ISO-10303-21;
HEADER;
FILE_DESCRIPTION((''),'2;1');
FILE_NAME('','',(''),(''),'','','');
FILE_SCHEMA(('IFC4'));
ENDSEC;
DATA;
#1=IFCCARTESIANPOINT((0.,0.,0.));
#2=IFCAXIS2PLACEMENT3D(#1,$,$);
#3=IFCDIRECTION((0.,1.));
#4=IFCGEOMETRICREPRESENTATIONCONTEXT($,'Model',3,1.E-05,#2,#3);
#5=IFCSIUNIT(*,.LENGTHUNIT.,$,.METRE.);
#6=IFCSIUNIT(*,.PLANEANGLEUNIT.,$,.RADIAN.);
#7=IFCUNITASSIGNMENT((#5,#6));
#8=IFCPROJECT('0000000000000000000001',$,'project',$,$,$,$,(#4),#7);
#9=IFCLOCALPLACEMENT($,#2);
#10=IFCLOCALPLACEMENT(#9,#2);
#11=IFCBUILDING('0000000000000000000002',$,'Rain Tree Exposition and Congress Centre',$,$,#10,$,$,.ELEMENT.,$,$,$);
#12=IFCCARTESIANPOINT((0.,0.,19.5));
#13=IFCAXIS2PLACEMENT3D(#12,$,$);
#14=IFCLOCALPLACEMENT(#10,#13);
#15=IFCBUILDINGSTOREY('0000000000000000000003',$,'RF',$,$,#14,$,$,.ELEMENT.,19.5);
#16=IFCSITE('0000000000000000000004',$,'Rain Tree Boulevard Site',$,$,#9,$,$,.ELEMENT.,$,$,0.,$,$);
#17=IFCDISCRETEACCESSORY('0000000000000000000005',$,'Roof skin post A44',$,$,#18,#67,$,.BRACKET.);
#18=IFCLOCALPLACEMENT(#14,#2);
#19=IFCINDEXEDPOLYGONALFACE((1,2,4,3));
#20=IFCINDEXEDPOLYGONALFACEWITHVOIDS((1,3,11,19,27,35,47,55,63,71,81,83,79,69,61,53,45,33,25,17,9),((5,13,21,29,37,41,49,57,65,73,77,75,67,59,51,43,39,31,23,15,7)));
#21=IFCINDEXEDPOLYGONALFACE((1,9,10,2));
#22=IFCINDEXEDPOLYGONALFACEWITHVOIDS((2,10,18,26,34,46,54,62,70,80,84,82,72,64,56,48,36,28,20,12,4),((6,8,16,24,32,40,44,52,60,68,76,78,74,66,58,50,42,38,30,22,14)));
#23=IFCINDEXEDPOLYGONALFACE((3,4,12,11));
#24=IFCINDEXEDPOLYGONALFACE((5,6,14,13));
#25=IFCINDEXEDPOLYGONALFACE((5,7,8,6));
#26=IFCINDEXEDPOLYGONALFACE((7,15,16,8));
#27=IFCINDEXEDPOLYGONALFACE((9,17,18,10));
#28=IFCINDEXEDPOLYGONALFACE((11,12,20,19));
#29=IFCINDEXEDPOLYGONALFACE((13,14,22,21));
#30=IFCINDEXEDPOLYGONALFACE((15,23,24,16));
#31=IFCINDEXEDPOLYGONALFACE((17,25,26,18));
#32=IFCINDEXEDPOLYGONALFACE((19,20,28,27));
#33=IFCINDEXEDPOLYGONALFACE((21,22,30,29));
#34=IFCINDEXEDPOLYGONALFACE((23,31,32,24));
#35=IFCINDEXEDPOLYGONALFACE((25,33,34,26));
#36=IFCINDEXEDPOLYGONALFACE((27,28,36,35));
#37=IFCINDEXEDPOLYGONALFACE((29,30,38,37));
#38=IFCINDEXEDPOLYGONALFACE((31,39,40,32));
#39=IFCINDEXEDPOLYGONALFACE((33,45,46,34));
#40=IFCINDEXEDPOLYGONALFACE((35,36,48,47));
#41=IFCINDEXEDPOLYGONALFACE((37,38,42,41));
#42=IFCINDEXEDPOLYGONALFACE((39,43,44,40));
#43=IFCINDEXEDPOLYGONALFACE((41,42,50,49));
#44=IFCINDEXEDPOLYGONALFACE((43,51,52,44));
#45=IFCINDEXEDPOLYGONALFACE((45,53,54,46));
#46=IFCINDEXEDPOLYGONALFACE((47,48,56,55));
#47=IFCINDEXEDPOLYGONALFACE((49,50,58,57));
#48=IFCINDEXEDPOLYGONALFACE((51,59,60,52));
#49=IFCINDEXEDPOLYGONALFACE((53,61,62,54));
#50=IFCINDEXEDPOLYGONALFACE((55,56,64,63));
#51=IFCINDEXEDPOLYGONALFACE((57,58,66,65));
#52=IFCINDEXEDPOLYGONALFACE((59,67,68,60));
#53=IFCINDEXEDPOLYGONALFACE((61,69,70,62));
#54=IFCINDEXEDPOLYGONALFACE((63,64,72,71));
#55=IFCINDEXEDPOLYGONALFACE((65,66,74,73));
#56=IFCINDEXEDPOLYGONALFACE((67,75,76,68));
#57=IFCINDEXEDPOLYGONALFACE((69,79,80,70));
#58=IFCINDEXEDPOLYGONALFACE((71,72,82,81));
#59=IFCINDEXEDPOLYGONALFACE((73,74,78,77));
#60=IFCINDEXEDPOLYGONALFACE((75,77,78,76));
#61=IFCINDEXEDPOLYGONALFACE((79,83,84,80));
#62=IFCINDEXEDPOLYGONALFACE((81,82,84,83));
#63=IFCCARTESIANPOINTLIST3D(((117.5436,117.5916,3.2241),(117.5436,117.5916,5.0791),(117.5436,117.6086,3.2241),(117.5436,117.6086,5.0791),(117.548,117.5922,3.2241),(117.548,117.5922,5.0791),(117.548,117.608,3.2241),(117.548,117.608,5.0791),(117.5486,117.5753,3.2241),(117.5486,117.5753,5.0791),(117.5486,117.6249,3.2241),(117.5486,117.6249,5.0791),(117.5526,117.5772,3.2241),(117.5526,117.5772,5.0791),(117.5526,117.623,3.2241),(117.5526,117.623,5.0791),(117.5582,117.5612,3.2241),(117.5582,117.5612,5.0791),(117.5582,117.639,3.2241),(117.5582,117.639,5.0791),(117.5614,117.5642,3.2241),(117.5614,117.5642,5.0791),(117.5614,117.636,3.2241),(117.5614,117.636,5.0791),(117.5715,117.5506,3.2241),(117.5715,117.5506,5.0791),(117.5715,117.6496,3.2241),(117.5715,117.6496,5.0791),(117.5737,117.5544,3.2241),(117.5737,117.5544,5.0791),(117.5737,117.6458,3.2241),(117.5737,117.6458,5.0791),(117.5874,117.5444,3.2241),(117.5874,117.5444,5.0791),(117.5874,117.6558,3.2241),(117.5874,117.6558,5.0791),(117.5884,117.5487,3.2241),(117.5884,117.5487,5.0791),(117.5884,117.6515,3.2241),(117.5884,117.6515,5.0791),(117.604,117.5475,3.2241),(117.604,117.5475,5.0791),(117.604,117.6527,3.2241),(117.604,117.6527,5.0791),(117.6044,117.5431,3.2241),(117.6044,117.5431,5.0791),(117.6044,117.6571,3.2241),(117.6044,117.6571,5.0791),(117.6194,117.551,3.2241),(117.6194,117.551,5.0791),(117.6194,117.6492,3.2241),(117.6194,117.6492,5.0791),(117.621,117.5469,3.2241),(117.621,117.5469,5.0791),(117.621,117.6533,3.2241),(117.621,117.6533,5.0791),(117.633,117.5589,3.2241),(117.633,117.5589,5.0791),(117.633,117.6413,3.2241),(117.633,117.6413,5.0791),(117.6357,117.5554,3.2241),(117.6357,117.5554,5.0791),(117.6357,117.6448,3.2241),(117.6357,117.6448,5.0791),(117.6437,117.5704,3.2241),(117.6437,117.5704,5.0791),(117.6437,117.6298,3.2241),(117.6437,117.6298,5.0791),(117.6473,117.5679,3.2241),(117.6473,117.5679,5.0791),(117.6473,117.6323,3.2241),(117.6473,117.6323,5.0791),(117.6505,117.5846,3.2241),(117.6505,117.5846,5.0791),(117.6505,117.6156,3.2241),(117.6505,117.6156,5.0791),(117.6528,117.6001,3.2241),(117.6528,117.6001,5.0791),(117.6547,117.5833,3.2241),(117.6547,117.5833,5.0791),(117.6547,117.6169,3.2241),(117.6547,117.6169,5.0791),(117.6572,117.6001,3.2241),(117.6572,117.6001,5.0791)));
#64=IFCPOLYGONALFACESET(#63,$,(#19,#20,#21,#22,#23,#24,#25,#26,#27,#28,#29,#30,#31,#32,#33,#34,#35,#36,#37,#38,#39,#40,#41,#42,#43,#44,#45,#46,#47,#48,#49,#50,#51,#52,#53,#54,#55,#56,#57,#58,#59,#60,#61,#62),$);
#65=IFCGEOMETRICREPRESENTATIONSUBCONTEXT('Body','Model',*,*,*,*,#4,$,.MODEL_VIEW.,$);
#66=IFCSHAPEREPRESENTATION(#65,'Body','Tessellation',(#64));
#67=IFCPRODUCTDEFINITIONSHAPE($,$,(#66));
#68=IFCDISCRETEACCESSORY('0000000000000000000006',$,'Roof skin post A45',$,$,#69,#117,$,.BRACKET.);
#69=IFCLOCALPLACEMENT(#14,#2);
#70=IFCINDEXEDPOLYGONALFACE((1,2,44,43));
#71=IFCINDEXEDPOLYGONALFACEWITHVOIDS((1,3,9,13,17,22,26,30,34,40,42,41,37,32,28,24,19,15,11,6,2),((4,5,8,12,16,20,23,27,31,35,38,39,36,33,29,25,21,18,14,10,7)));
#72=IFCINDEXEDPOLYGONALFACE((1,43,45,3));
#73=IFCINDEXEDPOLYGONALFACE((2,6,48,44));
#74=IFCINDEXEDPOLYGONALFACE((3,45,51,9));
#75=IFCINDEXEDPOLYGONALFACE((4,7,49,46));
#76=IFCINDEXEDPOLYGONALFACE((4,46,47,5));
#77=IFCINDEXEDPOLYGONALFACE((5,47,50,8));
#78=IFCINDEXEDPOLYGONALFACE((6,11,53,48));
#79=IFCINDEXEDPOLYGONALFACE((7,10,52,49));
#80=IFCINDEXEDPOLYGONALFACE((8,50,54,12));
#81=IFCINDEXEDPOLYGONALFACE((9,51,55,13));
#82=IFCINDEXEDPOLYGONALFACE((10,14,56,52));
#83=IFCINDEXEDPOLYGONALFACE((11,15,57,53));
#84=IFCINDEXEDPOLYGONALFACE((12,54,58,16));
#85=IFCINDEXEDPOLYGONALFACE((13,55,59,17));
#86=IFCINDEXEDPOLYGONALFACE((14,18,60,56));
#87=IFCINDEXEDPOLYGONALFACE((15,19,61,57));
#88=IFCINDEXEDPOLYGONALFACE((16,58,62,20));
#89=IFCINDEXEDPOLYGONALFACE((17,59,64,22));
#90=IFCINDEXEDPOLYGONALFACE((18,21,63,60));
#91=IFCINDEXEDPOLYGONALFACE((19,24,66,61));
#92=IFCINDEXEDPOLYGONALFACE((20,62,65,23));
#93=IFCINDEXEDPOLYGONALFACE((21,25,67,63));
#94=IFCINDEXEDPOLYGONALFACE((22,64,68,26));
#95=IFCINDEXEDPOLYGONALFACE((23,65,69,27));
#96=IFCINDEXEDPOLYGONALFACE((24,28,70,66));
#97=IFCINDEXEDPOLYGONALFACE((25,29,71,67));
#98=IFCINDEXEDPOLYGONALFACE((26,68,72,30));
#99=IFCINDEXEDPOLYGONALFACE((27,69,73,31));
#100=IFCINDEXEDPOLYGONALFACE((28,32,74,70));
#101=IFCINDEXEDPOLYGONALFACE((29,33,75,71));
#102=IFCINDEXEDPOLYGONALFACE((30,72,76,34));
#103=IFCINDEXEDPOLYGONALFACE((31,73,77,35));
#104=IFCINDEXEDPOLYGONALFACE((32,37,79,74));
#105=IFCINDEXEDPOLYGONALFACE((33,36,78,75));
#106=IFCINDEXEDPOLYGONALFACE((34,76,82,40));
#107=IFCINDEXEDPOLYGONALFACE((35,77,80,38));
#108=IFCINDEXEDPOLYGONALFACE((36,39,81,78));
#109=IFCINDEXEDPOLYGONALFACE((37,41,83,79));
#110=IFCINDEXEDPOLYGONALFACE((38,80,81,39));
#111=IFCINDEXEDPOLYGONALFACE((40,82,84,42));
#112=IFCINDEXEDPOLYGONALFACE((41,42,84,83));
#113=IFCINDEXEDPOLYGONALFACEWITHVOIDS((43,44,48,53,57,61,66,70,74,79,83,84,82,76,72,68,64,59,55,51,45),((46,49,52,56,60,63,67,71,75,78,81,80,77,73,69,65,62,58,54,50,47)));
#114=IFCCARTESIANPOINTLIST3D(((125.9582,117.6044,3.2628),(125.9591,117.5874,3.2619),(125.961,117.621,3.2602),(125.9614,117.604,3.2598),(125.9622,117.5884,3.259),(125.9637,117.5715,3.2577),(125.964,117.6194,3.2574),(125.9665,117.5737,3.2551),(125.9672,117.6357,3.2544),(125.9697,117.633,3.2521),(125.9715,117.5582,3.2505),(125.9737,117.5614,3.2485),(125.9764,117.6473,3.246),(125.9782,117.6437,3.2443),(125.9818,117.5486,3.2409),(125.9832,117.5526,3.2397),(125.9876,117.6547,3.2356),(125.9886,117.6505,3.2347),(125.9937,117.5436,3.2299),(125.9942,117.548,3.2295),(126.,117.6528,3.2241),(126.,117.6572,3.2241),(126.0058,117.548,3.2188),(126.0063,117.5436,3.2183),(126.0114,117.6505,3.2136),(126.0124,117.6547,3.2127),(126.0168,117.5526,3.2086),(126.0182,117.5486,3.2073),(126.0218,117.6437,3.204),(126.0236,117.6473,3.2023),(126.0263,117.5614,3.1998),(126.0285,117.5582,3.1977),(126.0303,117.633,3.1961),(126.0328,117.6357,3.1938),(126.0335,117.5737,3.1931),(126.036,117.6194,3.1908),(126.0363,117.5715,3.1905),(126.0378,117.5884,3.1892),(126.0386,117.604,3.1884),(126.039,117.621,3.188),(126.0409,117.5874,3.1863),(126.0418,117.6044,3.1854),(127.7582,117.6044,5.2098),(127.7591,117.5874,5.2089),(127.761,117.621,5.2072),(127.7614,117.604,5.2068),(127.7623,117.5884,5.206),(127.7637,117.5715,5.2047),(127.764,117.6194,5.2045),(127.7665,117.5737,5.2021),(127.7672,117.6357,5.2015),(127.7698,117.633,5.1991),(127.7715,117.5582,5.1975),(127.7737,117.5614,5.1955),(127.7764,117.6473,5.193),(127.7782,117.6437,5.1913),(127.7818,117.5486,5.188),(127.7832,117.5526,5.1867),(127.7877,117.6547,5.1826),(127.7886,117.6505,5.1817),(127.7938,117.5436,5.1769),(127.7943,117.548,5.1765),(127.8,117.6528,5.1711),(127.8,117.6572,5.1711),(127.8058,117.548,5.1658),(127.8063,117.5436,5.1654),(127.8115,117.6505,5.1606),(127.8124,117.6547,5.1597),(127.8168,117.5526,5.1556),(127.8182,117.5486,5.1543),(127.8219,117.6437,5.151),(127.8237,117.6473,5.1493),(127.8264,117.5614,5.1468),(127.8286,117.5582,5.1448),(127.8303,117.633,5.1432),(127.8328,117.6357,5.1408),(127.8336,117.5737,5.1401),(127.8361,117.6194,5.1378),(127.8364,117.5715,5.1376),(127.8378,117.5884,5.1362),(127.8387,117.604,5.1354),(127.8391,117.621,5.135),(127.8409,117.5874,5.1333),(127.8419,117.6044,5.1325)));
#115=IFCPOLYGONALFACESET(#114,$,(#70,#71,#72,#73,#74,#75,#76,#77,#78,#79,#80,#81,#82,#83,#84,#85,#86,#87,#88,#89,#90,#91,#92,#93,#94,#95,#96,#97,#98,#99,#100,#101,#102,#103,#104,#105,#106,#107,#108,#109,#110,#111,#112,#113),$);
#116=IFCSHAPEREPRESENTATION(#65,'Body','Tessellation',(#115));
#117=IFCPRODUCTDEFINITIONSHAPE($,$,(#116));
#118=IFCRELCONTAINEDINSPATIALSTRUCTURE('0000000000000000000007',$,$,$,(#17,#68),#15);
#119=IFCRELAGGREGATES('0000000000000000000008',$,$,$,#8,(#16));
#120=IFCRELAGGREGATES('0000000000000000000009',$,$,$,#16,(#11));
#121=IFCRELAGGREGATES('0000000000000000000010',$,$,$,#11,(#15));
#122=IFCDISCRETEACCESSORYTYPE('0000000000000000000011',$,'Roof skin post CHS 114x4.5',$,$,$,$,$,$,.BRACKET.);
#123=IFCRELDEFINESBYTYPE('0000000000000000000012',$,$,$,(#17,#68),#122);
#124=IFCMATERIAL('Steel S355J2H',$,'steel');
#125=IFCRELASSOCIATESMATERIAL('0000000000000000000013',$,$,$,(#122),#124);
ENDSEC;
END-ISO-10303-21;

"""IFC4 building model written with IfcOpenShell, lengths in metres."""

from ifc_helpers import new_model, si_unit, direction, frame, origin, origin_2d, place, context, subcontext, project, spatial, hollow_circle, extrude, material, material_profile, profile_set, type_object, element, save


model = new_model("IFC4")

# Units and contexts
model_context = context("Model", 3, precision=1e-05, world=origin(), true_north=direction((0.0, 1.0)))
body_context = subcontext(model_context, "Body", "Model", "MODEL_VIEW")
ifc_project = project(units=[si_unit("LENGTHUNIT", "METRE"), si_unit("PLANEANGLEUNIT", "RADIAN")], contexts=[model_context])

# Site, building, storey
site_placement = place(None, origin())
site = spatial("IfcSite", under=ifc_project, at=site_placement, Name="Rain Tree Boulevard Site", CompositionType="ELEMENT", RefElevation=0.0)
building_placement = place(site_placement, origin())
building = spatial("IfcBuilding", under=site, at=building_placement, Name="Rain Tree Exposition and Congress Centre", CompositionType="ELEMENT")
storey_placement = place(building_placement, frame((0.0, 0.0, 19.5)))
storey = spatial("IfcBuildingStorey", under=building, at=storey_placement, Name="RF", CompositionType="ELEMENT", Elevation=19.5)

# Discrete accessories
ifc_material_1 = material(Name="Steel S355J2H", Category="steel")
ifc_material_profile_1 = material_profile(ifc_material_1, hollow_circle(Radius=0.0571, WallThickness=0.0044, at=origin_2d()), Name="CHS 114x4.5")
ifc_profile_set_1 = profile_set([ifc_material_profile_1], Name="Steel S355J2H")
discrete_accessory_type = type_object("IfcDiscreteAccessoryType", Name="Roof skin post CHS 114x4.5", PredefinedType="BRACKET", material=ifc_profile_set_1)
discrete_accessory_1_placement = place(storey_placement, frame((117.6001, 117.6001, 3.2241), z_axis=(0.0, 0.0, 1.0), x_axis=(1.0, 0.0, 0.0)))
element("IfcDiscreteAccessory", 1, at=discrete_accessory_1_placement, inside=storey, type_object=discrete_accessory_type, Name="Roof skin post A44", PredefinedType="BRACKET", context=body_context, shape_type="SweptSolid", body=[
    extrude(hollow_circle(Radius=0.0571, WallThickness=0.0044, at=origin_2d()), origin(), (0.0, 0.0, 1.0), 1.855),
])
discrete_accessory_2_placement = place(storey_placement, frame((126.0, 117.6001, 3.2241), z_axis=(0.67885, 0.0, 0.734277), x_axis=(0.0, 1.0, 0.0)))
element("IfcDiscreteAccessory", 2, at=discrete_accessory_2_placement, inside=storey, type_object=discrete_accessory_type, Name="Roof skin post A45", PredefinedType="BRACKET", context=body_context, shape_type="SweptSolid", body=[
    extrude(hollow_circle(Radius=0.0571, WallThickness=0.0044, at=origin_2d()), origin(), (0.0, 0.0, 1.0), 2.6516),
])

save(model, "model.ifc")
